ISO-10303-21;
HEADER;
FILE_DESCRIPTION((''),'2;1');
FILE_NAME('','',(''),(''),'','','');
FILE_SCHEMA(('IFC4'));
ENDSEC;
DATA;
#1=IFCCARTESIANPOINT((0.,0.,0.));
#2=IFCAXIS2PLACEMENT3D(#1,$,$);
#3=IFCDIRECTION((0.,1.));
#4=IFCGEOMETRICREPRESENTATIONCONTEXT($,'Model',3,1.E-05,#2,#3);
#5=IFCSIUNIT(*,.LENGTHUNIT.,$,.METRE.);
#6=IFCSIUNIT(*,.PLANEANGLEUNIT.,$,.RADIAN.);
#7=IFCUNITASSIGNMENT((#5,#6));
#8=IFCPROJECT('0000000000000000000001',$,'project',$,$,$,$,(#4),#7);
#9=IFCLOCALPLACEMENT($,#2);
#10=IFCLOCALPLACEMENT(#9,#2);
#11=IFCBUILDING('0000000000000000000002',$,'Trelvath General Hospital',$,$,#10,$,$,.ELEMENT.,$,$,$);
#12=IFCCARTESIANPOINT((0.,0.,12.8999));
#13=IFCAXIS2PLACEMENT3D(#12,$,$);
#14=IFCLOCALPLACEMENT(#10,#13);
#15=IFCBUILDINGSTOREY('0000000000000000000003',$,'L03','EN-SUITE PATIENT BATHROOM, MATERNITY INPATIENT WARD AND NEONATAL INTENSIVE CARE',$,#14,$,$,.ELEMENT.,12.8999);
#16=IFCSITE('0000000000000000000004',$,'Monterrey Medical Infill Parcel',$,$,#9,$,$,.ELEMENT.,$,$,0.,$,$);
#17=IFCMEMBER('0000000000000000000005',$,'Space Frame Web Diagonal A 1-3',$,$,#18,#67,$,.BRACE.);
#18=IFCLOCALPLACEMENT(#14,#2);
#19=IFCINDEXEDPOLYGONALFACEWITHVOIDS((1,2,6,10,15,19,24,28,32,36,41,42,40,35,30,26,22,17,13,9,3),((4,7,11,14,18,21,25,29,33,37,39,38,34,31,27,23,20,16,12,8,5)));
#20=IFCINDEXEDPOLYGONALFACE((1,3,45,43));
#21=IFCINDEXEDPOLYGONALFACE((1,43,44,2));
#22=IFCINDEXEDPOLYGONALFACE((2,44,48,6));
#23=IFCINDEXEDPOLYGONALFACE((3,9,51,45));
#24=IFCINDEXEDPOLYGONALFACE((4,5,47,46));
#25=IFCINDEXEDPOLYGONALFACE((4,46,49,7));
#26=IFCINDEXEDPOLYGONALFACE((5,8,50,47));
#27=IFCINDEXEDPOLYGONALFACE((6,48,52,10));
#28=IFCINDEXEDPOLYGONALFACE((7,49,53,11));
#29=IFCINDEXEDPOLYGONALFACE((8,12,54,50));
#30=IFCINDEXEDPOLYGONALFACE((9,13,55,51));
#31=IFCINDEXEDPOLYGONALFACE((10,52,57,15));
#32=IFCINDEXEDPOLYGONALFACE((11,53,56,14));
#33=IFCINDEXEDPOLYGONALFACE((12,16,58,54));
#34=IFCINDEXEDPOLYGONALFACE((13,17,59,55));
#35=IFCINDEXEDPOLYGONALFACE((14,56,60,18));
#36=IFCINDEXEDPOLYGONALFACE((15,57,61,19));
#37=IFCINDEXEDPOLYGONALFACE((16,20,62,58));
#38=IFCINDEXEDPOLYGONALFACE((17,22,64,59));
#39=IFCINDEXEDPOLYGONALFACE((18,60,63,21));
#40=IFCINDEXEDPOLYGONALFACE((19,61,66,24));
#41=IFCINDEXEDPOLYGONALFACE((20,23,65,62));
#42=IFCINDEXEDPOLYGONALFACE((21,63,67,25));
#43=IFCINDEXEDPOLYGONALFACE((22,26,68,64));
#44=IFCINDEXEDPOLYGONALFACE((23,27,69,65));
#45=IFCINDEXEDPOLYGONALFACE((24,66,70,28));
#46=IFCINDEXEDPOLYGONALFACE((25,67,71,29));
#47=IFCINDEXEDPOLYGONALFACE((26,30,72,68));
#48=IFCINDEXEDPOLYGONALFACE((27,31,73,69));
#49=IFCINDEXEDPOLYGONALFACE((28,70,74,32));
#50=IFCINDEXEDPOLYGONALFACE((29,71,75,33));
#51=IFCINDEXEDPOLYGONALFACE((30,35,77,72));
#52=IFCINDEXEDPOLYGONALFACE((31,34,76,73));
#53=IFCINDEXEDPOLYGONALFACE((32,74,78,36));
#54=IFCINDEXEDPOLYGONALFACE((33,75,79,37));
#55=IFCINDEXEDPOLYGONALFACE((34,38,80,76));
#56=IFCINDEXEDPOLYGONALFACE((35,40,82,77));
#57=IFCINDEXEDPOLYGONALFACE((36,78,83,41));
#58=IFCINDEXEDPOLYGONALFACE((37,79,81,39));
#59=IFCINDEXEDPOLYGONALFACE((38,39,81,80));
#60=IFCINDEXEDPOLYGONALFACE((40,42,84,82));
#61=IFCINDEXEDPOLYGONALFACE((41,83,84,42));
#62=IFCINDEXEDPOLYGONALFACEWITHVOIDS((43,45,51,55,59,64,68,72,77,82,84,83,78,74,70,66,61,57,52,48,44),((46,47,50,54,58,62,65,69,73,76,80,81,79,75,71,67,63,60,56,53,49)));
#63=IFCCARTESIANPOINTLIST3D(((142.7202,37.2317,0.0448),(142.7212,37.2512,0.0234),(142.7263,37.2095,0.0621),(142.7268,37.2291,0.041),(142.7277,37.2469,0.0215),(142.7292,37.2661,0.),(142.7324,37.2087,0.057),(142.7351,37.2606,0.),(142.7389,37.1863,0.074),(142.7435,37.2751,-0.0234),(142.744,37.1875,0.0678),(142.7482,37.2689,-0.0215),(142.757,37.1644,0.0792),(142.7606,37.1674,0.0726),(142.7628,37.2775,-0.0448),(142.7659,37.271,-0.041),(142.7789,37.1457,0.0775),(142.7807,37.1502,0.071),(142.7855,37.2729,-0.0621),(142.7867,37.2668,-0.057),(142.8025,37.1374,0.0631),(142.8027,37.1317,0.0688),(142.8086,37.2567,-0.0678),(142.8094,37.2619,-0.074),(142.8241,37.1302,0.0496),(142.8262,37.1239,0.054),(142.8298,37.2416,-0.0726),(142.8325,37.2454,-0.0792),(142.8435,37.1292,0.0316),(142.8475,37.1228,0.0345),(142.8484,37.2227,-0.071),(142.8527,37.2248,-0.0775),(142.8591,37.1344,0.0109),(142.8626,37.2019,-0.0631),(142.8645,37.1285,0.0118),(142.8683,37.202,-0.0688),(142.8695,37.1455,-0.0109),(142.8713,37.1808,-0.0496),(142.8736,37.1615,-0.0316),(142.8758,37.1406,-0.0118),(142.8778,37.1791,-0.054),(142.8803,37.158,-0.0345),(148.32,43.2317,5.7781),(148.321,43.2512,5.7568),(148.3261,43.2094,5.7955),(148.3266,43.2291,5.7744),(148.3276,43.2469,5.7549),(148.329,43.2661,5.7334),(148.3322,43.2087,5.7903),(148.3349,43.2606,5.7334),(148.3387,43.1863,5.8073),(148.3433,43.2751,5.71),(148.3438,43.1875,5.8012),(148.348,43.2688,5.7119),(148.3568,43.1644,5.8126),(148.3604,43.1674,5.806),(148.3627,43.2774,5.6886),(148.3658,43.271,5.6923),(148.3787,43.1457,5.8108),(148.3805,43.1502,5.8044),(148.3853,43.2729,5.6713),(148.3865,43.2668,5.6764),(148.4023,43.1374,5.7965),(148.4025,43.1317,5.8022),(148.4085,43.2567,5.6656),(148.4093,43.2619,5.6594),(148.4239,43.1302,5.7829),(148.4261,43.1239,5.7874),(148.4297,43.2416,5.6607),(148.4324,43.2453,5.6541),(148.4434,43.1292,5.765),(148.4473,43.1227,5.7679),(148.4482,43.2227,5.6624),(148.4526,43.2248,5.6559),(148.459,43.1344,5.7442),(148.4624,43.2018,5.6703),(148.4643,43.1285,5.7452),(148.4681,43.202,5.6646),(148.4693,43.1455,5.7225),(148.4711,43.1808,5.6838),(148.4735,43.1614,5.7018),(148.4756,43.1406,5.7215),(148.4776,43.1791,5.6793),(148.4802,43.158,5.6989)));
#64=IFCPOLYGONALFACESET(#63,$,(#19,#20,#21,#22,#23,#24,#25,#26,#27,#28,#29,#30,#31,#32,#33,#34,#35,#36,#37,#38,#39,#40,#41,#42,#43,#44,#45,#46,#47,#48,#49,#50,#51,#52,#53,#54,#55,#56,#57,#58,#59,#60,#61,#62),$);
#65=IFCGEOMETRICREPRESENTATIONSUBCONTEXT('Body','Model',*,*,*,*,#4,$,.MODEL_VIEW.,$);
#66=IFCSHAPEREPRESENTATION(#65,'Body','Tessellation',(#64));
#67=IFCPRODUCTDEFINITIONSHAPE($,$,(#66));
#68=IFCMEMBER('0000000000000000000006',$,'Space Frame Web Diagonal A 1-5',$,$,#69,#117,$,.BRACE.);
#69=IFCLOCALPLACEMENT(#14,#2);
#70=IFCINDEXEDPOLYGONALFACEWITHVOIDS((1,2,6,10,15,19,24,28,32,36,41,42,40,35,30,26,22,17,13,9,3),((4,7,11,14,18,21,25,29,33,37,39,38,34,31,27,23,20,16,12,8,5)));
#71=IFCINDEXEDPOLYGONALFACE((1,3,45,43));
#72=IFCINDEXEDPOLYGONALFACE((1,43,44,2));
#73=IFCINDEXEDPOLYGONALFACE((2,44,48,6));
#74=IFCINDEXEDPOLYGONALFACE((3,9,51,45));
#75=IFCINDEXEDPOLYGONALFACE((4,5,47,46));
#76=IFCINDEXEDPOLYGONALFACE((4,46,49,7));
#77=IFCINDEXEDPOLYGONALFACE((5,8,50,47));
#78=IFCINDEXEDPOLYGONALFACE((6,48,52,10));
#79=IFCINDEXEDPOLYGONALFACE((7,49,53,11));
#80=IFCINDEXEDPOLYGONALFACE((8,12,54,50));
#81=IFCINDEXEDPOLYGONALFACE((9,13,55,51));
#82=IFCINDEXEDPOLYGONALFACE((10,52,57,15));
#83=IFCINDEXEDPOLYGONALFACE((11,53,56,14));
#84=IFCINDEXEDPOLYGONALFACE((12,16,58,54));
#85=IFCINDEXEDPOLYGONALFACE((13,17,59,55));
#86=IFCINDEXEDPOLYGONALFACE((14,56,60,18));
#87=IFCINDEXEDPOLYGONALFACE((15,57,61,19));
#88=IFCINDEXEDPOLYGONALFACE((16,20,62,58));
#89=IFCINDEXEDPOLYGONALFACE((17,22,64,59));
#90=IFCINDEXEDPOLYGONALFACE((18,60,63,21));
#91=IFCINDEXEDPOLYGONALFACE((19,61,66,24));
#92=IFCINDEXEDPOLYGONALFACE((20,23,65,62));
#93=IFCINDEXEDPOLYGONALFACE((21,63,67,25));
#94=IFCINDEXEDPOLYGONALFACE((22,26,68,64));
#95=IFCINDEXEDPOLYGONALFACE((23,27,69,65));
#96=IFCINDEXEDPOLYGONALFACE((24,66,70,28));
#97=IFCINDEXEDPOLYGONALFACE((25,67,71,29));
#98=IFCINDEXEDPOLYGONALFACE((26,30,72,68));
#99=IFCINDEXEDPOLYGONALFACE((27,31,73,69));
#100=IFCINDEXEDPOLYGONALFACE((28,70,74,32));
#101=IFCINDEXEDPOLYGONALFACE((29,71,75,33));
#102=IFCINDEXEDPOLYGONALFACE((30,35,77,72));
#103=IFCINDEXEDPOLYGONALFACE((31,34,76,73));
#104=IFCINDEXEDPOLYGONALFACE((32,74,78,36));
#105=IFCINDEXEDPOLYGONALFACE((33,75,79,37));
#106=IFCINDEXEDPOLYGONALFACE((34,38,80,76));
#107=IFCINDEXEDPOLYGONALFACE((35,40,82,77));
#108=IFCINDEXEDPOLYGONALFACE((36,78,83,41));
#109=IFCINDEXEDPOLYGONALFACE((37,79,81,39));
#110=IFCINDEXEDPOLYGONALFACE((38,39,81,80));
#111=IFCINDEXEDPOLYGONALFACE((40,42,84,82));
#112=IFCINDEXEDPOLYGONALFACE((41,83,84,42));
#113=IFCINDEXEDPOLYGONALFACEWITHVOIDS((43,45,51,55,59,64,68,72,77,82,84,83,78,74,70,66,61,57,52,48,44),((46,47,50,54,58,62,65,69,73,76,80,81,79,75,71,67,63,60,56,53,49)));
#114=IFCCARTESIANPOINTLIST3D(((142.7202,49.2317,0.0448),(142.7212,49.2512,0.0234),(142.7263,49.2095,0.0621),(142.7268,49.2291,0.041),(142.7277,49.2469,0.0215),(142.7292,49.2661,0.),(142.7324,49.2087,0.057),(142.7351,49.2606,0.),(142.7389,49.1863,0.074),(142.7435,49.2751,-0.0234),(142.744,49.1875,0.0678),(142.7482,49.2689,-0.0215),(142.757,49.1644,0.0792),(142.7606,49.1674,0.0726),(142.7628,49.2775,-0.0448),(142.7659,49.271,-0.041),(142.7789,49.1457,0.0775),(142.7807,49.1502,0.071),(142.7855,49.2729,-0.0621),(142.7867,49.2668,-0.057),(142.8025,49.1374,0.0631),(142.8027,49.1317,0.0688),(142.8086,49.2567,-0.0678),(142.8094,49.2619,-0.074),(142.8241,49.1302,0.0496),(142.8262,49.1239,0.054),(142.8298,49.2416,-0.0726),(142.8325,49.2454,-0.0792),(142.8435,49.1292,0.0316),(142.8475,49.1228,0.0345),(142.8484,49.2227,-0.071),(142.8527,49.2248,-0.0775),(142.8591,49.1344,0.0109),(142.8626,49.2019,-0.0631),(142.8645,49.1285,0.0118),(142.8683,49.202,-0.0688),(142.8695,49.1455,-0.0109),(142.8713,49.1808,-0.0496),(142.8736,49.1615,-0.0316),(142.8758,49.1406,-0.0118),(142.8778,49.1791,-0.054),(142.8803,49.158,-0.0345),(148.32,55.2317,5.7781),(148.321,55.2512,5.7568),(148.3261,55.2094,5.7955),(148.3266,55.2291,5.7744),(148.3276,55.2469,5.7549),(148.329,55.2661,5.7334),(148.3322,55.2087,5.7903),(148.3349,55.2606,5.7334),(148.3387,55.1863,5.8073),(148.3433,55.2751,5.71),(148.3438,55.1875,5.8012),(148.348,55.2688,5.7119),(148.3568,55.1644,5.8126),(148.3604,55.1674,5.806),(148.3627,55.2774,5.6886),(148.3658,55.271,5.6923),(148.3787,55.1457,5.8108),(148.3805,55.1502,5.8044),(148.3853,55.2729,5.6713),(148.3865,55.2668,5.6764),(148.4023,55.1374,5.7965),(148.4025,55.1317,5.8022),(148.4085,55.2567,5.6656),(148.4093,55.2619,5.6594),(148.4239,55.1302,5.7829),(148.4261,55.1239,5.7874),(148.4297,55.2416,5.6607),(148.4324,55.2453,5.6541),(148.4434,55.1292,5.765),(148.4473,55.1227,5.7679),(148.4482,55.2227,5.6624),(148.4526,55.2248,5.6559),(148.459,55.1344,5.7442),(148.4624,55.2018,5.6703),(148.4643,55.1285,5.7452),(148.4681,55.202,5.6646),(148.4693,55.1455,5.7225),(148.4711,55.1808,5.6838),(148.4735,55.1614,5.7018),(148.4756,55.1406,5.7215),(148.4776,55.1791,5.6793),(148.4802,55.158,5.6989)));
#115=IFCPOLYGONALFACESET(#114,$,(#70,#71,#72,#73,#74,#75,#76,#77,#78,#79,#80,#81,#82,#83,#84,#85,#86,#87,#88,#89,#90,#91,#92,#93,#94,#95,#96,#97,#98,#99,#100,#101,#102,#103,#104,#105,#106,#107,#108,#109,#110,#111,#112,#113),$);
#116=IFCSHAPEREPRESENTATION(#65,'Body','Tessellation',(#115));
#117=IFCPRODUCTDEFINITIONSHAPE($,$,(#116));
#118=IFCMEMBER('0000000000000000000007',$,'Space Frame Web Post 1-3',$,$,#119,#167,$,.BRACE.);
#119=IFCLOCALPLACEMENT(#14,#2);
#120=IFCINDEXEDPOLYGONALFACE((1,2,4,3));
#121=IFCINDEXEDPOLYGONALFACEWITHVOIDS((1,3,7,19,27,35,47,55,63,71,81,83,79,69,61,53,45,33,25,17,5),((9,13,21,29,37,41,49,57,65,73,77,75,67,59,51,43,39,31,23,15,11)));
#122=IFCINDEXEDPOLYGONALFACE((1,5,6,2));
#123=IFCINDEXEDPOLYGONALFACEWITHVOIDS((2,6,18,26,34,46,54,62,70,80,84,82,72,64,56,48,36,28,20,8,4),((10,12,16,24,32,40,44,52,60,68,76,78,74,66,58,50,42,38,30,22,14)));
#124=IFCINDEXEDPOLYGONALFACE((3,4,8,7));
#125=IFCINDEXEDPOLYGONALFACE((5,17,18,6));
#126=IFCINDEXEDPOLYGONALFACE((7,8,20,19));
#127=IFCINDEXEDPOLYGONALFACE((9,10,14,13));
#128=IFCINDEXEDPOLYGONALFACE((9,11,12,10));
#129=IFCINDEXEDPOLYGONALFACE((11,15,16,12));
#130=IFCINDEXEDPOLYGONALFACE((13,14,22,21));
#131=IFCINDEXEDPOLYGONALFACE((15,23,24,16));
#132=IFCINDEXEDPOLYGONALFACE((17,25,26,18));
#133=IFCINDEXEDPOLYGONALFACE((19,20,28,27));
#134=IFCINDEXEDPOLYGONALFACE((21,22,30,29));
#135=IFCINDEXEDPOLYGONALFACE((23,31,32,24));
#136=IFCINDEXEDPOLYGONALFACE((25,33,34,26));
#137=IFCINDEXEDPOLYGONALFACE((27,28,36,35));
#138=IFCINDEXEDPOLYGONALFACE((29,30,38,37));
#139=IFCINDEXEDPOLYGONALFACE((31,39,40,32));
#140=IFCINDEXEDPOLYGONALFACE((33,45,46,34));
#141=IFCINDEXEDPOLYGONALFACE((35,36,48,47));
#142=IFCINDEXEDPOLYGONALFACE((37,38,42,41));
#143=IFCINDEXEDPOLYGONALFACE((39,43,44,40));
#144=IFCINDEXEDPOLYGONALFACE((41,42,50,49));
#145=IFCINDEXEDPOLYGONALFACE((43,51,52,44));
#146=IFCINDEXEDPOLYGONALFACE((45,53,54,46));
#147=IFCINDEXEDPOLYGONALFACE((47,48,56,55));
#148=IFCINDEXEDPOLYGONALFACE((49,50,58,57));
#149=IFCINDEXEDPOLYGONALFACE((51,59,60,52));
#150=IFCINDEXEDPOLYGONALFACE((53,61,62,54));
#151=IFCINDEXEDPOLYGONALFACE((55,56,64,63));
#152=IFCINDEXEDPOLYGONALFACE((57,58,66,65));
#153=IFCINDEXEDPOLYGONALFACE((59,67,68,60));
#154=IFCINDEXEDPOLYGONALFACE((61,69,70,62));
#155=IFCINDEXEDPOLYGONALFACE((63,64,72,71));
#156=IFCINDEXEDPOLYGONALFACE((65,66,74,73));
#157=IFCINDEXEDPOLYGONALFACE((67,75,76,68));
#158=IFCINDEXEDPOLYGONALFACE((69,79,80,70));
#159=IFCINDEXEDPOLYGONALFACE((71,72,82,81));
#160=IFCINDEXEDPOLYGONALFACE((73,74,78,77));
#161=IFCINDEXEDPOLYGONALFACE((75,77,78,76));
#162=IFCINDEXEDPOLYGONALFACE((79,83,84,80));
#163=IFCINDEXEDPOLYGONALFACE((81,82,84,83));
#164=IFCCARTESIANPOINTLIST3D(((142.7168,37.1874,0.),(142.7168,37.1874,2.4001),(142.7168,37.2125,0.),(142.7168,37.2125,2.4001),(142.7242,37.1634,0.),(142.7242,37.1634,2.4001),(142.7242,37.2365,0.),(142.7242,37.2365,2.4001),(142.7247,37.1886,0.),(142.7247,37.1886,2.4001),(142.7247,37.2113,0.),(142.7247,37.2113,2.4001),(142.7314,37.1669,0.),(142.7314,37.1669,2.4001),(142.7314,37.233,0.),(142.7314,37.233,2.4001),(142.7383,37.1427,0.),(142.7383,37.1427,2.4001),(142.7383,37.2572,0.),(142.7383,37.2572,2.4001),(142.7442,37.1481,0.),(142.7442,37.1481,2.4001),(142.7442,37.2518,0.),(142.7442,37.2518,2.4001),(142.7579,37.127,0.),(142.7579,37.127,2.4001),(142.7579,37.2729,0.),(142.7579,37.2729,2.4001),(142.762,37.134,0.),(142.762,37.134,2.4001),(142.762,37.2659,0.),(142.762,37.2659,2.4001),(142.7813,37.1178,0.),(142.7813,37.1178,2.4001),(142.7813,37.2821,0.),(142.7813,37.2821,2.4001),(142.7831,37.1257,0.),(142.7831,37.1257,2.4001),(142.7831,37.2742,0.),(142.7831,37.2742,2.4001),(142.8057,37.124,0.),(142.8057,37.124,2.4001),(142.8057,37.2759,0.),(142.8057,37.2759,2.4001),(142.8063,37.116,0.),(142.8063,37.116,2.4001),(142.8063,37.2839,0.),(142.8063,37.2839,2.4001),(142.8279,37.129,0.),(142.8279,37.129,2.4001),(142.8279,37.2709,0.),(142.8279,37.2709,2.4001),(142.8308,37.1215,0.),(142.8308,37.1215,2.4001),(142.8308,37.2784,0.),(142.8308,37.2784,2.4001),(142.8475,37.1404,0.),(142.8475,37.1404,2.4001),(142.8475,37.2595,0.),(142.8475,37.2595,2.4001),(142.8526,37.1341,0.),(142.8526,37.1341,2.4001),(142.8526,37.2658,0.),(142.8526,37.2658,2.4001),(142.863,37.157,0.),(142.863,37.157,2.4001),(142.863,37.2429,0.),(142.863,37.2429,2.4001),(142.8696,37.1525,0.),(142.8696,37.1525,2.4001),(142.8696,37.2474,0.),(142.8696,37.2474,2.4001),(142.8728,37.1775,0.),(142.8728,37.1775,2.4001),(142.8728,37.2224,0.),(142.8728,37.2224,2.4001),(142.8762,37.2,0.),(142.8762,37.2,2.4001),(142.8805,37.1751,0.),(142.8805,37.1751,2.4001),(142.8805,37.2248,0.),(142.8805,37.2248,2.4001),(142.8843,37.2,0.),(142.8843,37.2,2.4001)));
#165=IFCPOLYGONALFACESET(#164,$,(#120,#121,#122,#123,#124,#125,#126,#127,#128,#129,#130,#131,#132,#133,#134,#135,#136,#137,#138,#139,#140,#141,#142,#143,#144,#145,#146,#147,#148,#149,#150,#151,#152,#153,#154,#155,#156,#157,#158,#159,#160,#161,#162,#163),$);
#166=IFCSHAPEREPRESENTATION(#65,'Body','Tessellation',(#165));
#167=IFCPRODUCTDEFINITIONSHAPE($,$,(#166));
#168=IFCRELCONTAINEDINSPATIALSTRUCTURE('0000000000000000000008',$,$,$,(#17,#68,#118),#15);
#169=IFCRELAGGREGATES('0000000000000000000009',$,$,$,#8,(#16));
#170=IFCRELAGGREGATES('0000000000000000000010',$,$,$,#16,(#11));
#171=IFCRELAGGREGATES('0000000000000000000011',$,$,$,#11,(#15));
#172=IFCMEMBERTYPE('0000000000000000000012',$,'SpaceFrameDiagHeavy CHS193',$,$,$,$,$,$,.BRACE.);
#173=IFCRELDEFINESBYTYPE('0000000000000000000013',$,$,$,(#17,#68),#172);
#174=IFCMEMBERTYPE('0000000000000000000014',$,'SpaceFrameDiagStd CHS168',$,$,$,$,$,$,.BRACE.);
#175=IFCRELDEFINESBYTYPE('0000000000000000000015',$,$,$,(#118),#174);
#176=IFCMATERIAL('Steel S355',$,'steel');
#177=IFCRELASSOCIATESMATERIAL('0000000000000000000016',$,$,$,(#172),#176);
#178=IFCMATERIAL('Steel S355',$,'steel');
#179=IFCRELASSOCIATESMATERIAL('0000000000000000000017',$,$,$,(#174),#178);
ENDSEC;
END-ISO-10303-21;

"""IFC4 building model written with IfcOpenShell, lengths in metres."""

from ifc_helpers import new_model, si_unit, direction, frame, origin, origin_2d, place, context, subcontext, project, spatial, hollow_circle, extrude, material, material_profile, profile_set, type_object, element, save


model = new_model("IFC4")

# Units and contexts
model_context = context("Model", 3, precision=1e-05, world=origin(), true_north=direction((0.0, 1.0)))
body_context = subcontext(model_context, "Body", "Model", "MODEL_VIEW")
ifc_project = project(units=[si_unit("LENGTHUNIT", "METRE"), si_unit("PLANEANGLEUNIT", "RADIAN")], contexts=[model_context])

# Site, building, storey
site_placement = place(None, origin())
site = spatial("IfcSite", under=ifc_project, at=site_placement, Name="Monterrey Medical Infill Parcel", CompositionType="ELEMENT", RefElevation=0.0)
building_placement = place(site_placement, origin())
building = spatial("IfcBuilding", under=site, at=building_placement, Name="Trelvath General Hospital", CompositionType="ELEMENT")
storey_placement = place(building_placement, frame((0.0, 0.0, 12.8999)))
storey = spatial("IfcBuildingStorey", under=building, at=storey_placement, Name="L03", Description="EN-SUITE PATIENT BATHROOM, MATERNITY INPATIENT WARD AND NEONATAL INTENSIVE CARE", CompositionType="ELEMENT", Elevation=12.8999)

# Members
ifc_material_1 = material(Name="Steel S355", Category="steel")
ifc_material_profile_1 = material_profile(ifc_material_1, hollow_circle(Radius=0.0969, WallThickness=0.0081, at=origin_2d()), Name="CHS193.7x8.0")
ifc_profile_set_1 = profile_set([ifc_material_profile_1], Name="Steel S355")
member_type_1 = type_object("IfcMemberType", Name="SpaceFrameDiagHeavy CHS193", PredefinedType="BRACE", material=ifc_profile_set_1)
for number, where, z_axis, x_axis, name in (
    (1, (142.8, 37.2, 0.0), (0.559342, 0.599311, 0.572681), (-0.731064, 0.682309, 0.0), "Space Frame Web Diagonal A 1-3"),
    (2, (142.8, 49.2, 0.0), (0.559342, 0.599311, 0.572681), (-0.731064, 0.682309, 0.0), "Space Frame Web Diagonal A 1-5"),
):
    element("IfcMember", number, at=place(storey_placement, frame(where, z_axis=z_axis, x_axis=x_axis)), inside=storey, type_object=member_type_1, Name=name, PredefinedType="BRACE", context=body_context, shape_type="SweptSolid", body=[
        extrude(hollow_circle(Radius=0.0969, WallThickness=0.0081, at=origin_2d()), origin(), (0.0, 0.0, 1.0), 10.0115),
    ])
ifc_material_2 = material(Name="Steel S355", Category="steel")
ifc_material_profile_2 = material_profile(ifc_material_2, hollow_circle(Radius=0.0842, WallThickness=0.0081, at=origin_2d()), Name="CHS168.3x8.0")
ifc_profile_set_2 = profile_set([ifc_material_profile_2], Name="Steel S355")
member_type_2 = type_object("IfcMemberType", Name="SpaceFrameDiagStd CHS168", PredefinedType="BRACE", material=ifc_profile_set_2)
for number, where, z_axis, x_axis, name in (
    (3, (142.8, 37.2, 0.0), (0.0, 0.0, 1.0), (1.0, 0.0, 0.0), "Space Frame Web Post 1-3"),
):
    element("IfcMember", number, at=place(storey_placement, frame(where, z_axis=z_axis, x_axis=x_axis)), inside=storey, type_object=member_type_2, Name=name, PredefinedType="BRACE", context=body_context, shape_type="SweptSolid", body=[
        extrude(hollow_circle(Radius=0.0842, WallThickness=0.0081, at=origin_2d()), origin(), (0.0, 0.0, 1.0), 2.4001),
    ])

save(model, "model.ifc")
